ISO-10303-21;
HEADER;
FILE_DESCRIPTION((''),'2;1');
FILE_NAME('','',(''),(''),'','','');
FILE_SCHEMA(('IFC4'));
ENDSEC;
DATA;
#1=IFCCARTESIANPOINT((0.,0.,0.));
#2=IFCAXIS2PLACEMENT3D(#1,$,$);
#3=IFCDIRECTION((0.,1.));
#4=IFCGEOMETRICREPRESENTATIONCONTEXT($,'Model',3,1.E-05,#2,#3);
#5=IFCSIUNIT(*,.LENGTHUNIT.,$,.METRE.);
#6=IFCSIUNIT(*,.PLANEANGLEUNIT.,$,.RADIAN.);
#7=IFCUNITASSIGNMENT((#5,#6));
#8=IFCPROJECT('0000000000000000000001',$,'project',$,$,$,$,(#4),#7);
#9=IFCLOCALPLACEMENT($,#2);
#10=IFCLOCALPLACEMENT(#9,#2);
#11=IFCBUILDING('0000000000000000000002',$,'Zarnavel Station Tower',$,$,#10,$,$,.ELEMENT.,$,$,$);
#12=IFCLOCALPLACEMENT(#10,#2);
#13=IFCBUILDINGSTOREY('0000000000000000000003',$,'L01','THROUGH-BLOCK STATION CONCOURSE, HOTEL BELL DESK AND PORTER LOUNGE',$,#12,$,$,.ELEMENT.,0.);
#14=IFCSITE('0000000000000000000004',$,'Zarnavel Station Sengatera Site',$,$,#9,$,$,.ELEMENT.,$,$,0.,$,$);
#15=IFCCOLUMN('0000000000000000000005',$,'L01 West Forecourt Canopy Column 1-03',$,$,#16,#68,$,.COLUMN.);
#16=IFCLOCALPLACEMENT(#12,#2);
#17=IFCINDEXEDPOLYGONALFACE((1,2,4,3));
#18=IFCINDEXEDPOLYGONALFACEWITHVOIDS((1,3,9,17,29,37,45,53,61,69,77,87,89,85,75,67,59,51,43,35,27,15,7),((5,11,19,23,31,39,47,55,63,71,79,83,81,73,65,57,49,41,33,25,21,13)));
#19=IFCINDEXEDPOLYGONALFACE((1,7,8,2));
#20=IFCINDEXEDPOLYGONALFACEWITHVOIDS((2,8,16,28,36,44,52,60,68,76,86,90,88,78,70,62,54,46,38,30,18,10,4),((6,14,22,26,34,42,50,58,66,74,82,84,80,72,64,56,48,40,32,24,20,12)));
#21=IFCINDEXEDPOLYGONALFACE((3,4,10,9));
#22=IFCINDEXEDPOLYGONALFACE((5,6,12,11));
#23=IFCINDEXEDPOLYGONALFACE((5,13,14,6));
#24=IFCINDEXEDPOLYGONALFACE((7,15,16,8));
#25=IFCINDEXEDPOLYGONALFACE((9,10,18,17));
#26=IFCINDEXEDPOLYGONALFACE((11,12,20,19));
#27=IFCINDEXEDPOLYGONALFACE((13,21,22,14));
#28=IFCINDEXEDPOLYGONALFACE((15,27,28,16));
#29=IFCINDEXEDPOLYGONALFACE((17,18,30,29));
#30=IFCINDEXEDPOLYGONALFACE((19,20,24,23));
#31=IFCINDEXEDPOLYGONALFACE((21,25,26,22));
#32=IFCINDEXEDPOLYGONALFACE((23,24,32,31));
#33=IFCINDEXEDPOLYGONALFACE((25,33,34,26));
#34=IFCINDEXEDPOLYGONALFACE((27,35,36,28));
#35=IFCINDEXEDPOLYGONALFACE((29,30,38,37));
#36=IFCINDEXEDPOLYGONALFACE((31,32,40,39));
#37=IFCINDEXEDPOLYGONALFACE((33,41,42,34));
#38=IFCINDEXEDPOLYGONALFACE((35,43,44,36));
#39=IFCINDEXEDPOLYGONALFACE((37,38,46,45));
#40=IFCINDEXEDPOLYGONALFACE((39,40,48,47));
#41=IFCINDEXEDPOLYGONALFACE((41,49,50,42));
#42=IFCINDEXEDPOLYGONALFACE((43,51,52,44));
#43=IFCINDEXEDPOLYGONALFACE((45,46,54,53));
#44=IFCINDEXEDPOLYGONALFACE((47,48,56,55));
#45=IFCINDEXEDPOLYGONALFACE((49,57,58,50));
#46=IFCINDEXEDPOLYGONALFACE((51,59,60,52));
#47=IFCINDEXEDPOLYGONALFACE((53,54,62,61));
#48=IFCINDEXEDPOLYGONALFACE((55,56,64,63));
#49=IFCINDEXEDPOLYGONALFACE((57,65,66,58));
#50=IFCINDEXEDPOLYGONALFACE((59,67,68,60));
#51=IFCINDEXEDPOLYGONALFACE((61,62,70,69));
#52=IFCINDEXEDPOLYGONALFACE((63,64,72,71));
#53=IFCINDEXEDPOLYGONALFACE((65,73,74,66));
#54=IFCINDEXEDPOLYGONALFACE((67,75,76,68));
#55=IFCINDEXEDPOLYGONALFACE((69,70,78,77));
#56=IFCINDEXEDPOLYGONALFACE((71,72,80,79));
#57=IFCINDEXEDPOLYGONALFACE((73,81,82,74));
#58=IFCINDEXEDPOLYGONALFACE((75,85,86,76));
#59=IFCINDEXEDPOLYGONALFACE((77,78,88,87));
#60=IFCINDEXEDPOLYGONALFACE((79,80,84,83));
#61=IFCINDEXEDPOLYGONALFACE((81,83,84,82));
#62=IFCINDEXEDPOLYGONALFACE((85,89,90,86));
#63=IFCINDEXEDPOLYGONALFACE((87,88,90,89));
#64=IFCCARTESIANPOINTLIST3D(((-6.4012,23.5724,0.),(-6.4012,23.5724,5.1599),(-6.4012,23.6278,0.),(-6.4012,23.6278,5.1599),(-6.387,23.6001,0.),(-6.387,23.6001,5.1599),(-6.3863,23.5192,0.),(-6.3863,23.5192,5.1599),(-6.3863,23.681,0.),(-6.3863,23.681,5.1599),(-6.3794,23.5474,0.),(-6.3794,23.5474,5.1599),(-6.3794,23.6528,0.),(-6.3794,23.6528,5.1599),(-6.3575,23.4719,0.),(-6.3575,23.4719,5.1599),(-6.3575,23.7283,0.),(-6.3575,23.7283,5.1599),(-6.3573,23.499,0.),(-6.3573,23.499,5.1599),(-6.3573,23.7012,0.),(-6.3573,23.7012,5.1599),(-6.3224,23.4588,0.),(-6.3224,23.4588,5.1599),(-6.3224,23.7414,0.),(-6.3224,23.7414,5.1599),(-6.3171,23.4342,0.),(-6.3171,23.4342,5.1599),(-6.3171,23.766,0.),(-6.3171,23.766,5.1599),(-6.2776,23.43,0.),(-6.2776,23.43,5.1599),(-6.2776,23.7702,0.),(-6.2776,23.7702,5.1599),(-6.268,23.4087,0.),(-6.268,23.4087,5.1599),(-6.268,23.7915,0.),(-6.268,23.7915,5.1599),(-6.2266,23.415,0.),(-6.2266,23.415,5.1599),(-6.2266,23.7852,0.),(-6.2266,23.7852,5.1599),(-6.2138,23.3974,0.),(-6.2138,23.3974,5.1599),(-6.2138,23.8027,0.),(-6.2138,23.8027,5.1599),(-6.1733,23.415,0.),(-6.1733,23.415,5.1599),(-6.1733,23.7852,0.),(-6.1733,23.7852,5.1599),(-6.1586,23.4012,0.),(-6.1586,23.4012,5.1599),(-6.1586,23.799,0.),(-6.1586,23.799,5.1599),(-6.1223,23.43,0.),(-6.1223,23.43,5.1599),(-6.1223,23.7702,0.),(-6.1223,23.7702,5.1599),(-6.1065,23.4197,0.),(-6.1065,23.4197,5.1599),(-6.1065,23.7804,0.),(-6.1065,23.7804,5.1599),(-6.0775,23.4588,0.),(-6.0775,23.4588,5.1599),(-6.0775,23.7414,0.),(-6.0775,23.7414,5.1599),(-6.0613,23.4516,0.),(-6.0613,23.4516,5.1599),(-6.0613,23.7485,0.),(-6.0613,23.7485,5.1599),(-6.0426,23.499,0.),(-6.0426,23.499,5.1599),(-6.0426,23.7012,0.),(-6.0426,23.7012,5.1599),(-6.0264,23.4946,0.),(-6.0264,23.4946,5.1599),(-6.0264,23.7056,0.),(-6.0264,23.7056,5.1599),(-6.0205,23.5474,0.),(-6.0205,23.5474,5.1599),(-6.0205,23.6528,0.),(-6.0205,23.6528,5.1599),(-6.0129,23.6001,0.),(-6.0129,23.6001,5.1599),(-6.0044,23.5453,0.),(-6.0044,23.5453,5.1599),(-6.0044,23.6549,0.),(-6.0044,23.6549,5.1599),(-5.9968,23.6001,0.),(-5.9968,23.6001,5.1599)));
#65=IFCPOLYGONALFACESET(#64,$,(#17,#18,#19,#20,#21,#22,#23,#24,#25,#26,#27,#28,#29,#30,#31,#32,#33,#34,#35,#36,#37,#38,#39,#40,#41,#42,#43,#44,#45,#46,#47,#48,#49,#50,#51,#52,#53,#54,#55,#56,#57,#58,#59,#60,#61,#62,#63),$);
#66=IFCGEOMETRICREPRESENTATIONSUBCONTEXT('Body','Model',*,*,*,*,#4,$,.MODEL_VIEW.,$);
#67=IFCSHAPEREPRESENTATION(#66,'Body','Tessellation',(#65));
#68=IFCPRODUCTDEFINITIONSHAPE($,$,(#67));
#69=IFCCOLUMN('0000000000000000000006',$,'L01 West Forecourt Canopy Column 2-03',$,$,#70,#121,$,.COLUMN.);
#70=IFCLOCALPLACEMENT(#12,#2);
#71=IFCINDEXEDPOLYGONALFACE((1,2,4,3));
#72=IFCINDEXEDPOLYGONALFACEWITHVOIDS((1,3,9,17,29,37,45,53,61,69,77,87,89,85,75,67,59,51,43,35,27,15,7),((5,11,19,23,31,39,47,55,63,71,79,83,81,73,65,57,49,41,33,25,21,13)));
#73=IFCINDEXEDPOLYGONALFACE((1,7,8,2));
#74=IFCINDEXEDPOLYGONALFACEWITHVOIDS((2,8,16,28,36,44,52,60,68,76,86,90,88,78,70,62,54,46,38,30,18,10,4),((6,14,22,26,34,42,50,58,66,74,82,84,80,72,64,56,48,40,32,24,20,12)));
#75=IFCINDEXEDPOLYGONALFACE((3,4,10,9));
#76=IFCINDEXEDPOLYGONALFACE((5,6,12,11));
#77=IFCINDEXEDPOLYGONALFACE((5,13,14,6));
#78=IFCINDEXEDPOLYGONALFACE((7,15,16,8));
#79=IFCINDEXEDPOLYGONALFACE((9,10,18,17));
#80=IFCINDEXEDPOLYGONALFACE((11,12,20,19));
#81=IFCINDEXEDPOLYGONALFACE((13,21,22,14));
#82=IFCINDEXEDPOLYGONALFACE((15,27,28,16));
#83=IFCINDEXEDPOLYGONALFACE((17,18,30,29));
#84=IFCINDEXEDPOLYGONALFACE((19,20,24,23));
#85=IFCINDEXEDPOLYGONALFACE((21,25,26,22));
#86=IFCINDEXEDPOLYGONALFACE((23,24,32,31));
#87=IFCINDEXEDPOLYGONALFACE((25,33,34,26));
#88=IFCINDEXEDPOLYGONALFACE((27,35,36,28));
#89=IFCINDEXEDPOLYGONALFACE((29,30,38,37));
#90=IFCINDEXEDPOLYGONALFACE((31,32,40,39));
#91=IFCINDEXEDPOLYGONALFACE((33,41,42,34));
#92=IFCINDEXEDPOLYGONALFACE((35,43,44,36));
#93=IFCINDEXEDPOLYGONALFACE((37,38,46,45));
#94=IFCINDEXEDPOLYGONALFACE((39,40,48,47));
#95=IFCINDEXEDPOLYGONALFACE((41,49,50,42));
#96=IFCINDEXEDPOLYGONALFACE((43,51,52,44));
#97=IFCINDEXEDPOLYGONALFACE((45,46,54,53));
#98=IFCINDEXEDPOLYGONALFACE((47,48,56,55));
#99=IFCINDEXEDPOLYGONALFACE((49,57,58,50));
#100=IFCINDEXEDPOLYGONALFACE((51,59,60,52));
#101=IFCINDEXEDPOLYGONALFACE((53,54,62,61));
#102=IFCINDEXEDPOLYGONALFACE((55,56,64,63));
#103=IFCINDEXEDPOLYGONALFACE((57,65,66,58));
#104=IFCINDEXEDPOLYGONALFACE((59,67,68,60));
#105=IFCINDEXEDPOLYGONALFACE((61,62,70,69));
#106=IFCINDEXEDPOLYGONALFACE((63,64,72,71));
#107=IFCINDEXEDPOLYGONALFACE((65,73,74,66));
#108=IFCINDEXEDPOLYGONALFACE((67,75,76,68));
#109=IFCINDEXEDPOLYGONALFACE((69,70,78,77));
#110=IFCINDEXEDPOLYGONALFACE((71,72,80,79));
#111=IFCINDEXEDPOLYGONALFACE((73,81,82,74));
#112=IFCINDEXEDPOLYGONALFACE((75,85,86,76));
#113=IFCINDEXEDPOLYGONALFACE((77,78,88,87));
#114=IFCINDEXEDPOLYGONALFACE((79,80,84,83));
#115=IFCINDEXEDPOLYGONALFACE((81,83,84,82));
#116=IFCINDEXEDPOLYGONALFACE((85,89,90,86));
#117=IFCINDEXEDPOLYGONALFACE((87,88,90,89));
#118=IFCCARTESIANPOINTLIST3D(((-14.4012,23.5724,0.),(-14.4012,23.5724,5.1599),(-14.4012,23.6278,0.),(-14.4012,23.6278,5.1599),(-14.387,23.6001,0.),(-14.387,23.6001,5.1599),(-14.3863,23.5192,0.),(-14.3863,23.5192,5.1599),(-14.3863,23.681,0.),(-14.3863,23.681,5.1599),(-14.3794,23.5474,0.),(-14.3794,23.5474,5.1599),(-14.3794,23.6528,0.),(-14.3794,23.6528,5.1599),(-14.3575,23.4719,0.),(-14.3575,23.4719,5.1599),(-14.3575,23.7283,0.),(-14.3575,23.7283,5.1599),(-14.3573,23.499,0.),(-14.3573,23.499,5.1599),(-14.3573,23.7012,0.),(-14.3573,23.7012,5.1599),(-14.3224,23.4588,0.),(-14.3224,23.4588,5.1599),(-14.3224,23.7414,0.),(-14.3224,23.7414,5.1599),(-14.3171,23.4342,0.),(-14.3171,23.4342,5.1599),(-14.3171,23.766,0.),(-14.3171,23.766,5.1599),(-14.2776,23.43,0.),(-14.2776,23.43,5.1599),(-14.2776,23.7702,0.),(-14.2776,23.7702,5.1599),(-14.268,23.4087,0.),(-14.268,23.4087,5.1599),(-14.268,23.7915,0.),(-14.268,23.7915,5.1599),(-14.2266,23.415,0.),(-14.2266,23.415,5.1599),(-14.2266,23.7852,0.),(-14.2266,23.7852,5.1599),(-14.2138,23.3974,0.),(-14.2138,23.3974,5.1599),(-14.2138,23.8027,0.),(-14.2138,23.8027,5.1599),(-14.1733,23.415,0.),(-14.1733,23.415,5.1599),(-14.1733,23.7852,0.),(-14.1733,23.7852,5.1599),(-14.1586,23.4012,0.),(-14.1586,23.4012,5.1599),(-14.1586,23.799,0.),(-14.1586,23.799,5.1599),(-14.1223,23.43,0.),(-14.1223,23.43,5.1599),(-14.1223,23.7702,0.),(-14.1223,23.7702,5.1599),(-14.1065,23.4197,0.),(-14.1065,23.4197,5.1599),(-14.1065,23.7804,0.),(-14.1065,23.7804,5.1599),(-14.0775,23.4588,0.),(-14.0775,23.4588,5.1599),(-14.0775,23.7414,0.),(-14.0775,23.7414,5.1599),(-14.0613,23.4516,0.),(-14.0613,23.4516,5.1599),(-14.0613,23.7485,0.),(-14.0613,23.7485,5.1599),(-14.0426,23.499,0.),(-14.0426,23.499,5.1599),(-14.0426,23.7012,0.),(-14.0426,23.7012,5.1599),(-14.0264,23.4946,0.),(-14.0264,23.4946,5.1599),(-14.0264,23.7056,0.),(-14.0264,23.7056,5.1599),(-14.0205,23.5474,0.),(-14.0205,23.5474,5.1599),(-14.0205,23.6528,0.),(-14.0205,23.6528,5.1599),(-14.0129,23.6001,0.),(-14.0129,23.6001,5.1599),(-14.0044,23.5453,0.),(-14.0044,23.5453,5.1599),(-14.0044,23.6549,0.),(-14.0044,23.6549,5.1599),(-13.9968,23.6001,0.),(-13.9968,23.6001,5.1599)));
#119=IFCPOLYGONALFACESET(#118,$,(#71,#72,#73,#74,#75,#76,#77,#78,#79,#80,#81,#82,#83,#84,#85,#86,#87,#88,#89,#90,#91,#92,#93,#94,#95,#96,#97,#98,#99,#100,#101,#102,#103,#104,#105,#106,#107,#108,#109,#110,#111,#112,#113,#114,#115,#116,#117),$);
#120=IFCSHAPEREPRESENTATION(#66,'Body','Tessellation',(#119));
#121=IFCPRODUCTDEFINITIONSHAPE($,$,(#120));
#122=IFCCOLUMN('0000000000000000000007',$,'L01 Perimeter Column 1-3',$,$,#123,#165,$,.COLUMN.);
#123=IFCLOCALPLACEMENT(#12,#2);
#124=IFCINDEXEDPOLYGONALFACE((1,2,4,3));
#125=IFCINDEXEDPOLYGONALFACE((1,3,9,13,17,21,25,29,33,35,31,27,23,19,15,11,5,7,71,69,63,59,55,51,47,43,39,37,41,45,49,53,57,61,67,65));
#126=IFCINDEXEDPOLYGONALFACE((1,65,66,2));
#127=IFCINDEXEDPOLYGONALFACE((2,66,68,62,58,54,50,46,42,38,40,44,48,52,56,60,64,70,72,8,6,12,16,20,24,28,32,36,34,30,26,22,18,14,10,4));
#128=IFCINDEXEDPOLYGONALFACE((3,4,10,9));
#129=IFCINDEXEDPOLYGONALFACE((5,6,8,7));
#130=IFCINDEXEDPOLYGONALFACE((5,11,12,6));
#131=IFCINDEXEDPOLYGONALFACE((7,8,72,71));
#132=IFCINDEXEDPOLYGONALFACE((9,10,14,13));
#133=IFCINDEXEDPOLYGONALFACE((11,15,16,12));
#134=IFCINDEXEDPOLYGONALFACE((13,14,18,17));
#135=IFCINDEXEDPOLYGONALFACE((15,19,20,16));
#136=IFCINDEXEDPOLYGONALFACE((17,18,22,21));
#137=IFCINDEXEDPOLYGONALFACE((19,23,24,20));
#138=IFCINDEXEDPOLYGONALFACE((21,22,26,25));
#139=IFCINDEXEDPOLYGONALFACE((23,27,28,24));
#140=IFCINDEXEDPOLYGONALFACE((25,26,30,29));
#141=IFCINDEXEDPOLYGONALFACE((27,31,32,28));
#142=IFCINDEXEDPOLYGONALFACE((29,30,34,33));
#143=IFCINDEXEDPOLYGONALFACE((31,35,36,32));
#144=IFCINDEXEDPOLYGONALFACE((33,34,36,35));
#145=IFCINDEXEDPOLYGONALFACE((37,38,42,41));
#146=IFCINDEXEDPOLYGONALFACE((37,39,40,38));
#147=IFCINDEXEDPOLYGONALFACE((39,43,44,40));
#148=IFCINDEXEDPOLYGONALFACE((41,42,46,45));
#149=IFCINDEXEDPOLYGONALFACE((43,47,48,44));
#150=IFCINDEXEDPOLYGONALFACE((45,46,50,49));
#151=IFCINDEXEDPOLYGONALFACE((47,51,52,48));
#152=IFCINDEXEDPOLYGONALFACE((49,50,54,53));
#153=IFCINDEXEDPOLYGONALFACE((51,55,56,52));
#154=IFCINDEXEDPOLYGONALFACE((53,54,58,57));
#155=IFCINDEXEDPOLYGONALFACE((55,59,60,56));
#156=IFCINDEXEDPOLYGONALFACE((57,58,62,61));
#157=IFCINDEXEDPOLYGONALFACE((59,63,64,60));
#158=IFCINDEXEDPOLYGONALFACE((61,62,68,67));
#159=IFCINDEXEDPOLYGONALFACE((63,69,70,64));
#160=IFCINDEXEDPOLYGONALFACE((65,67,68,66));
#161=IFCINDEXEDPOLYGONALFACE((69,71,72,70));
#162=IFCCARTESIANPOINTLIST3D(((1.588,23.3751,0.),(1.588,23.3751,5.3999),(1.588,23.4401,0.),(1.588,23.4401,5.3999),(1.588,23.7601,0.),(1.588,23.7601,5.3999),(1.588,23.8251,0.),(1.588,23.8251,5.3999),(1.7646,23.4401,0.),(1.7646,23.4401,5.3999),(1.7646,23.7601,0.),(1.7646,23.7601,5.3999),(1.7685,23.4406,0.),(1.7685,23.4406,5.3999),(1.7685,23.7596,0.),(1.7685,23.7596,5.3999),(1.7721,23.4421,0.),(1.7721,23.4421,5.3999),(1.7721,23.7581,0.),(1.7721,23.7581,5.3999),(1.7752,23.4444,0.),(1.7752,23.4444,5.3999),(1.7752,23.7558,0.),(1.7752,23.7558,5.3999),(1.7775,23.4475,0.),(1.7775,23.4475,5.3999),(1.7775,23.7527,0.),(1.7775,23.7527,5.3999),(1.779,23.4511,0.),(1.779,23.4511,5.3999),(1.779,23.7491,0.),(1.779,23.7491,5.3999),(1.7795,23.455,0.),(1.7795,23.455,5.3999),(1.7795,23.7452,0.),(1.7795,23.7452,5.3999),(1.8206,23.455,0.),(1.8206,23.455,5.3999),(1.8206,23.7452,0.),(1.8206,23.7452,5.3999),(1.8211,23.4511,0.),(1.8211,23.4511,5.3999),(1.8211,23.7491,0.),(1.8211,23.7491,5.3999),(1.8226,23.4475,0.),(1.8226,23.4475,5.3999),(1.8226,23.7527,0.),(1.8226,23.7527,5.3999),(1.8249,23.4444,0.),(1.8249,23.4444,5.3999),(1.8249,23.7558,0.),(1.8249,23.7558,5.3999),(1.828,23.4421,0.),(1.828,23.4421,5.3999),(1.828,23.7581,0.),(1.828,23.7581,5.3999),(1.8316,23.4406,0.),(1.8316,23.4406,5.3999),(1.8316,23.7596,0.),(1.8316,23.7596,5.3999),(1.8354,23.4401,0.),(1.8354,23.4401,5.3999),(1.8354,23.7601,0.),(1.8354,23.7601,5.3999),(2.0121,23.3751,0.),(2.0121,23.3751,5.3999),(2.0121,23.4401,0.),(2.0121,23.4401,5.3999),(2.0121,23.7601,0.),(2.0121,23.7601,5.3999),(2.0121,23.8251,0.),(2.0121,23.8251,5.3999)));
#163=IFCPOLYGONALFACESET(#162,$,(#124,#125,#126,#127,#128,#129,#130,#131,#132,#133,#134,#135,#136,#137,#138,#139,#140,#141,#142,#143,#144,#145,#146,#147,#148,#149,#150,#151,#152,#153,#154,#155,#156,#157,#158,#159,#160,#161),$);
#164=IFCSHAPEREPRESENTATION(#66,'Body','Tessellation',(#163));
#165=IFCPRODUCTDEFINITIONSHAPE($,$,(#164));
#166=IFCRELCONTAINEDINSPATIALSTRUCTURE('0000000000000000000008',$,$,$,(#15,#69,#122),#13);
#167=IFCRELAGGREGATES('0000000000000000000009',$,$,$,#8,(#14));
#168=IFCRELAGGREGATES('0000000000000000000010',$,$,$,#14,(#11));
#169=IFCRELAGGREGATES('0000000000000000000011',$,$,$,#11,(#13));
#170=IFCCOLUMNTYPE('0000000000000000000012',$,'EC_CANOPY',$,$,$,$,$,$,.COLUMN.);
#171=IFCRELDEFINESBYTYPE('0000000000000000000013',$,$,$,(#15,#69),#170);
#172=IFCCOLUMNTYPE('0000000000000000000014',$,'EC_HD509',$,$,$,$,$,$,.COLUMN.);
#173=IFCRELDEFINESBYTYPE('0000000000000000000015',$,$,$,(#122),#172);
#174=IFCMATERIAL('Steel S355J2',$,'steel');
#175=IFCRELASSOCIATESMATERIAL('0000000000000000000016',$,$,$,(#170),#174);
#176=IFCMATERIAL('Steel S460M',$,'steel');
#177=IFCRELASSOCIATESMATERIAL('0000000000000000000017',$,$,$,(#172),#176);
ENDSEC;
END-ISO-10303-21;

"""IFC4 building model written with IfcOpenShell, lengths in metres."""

from ifc_helpers import new_model, si_unit, direction, frame, origin, origin_2d, place, context, subcontext, project, spatial, hollow_circle, i_section, extrude, material, material_profile, profile_set, type_object, element, save


model = new_model("IFC4")

# Units and contexts
model_context = context("Model", 3, precision=1e-05, world=origin(), true_north=direction((0.0, 1.0)))
body_context = subcontext(model_context, "Body", "Model", "MODEL_VIEW")
ifc_project = project(units=[si_unit("LENGTHUNIT", "METRE"), si_unit("PLANEANGLEUNIT", "RADIAN")], contexts=[model_context])

# Site, building, storey
site_placement = place(None, origin())
site = spatial("IfcSite", under=ifc_project, at=site_placement, Name="Zarnavel Station Sengatera Site", CompositionType="ELEMENT", RefElevation=0.0)
building_placement = place(site_placement, origin())
building = spatial("IfcBuilding", under=site, at=building_placement, Name="Zarnavel Station Tower", CompositionType="ELEMENT")
storey_placement = place(building_placement, origin())
storey = spatial("IfcBuildingStorey", under=building, at=storey_placement, Name="L01", Description="THROUGH-BLOCK STATION CONCOURSE, HOTEL BELL DESK AND PORTER LOUNGE", CompositionType="ELEMENT", Elevation=0.0)

# Columns
ifc_material_1 = material(Name="Steel S355J2", Category="steel")
ifc_material_profile_1 = material_profile(ifc_material_1, hollow_circle(Radius=0.2031, WallThickness=0.0161, at=origin_2d()), Name="CHS406.4x16")
ifc_profile_set_1 = profile_set([ifc_material_profile_1], Name="Steel S355J2")
column_type_1 = type_object("IfcColumnType", Name="EC_CANOPY", PredefinedType="COLUMN", material=ifc_profile_set_1)
for number, where, z_axis, x_axis, name in (
    (1, (-6.2, 23.6001, 0.0), (0.0, 0.0, 1.0), (1.0, 0.0, 0.0), "L01 West Forecourt Canopy Column 1-03"),
    (2, (-14.2, 23.6001, 0.0), (0.0, 0.0, 1.0), (1.0, 0.0, 0.0), "L01 West Forecourt Canopy Column 2-03"),
):
    element("IfcColumn", number, at=place(storey_placement, frame(where, z_axis=z_axis, x_axis=x_axis)), inside=storey, type_object=column_type_1, Name=name, PredefinedType="COLUMN", context=body_context, shape_type="SweptSolid", body=[
        extrude(hollow_circle(Radius=0.2031, WallThickness=0.0161, at=origin_2d()), origin(), (0.0, 0.0, 1.0), 5.1599),
    ])
ifc_material_2 = material(Name="Steel S460M", Category="steel")
ifc_material_profile_2 = material_profile(ifc_material_2, i_section(OverallWidth=0.4241, OverallDepth=0.45, WebThickness=0.041, FlangeThickness=0.0649, FilletRadius=0.0149, at=origin_2d()), Name="HD400x509")
ifc_profile_set_2 = profile_set([ifc_material_profile_2], Name="Steel S460M")
column_type_2 = type_object("IfcColumnType", Name="EC_HD509", PredefinedType="COLUMN", material=ifc_profile_set_2)
column_1_placement = place(storey_placement, frame((1.8, 23.6001, 0.0), z_axis=(0.0, 0.0, 1.0), x_axis=(1.0, 0.0, 0.0)))
element("IfcColumn", 3, at=column_1_placement, inside=storey, type_object=column_type_2, Name="L01 Perimeter Column 1-3", PredefinedType="COLUMN", context=body_context, shape_type="SweptSolid", body=[
    extrude(i_section(OverallWidth=0.4241, OverallDepth=0.45, WebThickness=0.041, FlangeThickness=0.0649, FilletRadius=0.0149, at=origin_2d()), origin(), (0.0, 0.0, 1.0), 5.3999),
])

save(model, "model.ifc")
